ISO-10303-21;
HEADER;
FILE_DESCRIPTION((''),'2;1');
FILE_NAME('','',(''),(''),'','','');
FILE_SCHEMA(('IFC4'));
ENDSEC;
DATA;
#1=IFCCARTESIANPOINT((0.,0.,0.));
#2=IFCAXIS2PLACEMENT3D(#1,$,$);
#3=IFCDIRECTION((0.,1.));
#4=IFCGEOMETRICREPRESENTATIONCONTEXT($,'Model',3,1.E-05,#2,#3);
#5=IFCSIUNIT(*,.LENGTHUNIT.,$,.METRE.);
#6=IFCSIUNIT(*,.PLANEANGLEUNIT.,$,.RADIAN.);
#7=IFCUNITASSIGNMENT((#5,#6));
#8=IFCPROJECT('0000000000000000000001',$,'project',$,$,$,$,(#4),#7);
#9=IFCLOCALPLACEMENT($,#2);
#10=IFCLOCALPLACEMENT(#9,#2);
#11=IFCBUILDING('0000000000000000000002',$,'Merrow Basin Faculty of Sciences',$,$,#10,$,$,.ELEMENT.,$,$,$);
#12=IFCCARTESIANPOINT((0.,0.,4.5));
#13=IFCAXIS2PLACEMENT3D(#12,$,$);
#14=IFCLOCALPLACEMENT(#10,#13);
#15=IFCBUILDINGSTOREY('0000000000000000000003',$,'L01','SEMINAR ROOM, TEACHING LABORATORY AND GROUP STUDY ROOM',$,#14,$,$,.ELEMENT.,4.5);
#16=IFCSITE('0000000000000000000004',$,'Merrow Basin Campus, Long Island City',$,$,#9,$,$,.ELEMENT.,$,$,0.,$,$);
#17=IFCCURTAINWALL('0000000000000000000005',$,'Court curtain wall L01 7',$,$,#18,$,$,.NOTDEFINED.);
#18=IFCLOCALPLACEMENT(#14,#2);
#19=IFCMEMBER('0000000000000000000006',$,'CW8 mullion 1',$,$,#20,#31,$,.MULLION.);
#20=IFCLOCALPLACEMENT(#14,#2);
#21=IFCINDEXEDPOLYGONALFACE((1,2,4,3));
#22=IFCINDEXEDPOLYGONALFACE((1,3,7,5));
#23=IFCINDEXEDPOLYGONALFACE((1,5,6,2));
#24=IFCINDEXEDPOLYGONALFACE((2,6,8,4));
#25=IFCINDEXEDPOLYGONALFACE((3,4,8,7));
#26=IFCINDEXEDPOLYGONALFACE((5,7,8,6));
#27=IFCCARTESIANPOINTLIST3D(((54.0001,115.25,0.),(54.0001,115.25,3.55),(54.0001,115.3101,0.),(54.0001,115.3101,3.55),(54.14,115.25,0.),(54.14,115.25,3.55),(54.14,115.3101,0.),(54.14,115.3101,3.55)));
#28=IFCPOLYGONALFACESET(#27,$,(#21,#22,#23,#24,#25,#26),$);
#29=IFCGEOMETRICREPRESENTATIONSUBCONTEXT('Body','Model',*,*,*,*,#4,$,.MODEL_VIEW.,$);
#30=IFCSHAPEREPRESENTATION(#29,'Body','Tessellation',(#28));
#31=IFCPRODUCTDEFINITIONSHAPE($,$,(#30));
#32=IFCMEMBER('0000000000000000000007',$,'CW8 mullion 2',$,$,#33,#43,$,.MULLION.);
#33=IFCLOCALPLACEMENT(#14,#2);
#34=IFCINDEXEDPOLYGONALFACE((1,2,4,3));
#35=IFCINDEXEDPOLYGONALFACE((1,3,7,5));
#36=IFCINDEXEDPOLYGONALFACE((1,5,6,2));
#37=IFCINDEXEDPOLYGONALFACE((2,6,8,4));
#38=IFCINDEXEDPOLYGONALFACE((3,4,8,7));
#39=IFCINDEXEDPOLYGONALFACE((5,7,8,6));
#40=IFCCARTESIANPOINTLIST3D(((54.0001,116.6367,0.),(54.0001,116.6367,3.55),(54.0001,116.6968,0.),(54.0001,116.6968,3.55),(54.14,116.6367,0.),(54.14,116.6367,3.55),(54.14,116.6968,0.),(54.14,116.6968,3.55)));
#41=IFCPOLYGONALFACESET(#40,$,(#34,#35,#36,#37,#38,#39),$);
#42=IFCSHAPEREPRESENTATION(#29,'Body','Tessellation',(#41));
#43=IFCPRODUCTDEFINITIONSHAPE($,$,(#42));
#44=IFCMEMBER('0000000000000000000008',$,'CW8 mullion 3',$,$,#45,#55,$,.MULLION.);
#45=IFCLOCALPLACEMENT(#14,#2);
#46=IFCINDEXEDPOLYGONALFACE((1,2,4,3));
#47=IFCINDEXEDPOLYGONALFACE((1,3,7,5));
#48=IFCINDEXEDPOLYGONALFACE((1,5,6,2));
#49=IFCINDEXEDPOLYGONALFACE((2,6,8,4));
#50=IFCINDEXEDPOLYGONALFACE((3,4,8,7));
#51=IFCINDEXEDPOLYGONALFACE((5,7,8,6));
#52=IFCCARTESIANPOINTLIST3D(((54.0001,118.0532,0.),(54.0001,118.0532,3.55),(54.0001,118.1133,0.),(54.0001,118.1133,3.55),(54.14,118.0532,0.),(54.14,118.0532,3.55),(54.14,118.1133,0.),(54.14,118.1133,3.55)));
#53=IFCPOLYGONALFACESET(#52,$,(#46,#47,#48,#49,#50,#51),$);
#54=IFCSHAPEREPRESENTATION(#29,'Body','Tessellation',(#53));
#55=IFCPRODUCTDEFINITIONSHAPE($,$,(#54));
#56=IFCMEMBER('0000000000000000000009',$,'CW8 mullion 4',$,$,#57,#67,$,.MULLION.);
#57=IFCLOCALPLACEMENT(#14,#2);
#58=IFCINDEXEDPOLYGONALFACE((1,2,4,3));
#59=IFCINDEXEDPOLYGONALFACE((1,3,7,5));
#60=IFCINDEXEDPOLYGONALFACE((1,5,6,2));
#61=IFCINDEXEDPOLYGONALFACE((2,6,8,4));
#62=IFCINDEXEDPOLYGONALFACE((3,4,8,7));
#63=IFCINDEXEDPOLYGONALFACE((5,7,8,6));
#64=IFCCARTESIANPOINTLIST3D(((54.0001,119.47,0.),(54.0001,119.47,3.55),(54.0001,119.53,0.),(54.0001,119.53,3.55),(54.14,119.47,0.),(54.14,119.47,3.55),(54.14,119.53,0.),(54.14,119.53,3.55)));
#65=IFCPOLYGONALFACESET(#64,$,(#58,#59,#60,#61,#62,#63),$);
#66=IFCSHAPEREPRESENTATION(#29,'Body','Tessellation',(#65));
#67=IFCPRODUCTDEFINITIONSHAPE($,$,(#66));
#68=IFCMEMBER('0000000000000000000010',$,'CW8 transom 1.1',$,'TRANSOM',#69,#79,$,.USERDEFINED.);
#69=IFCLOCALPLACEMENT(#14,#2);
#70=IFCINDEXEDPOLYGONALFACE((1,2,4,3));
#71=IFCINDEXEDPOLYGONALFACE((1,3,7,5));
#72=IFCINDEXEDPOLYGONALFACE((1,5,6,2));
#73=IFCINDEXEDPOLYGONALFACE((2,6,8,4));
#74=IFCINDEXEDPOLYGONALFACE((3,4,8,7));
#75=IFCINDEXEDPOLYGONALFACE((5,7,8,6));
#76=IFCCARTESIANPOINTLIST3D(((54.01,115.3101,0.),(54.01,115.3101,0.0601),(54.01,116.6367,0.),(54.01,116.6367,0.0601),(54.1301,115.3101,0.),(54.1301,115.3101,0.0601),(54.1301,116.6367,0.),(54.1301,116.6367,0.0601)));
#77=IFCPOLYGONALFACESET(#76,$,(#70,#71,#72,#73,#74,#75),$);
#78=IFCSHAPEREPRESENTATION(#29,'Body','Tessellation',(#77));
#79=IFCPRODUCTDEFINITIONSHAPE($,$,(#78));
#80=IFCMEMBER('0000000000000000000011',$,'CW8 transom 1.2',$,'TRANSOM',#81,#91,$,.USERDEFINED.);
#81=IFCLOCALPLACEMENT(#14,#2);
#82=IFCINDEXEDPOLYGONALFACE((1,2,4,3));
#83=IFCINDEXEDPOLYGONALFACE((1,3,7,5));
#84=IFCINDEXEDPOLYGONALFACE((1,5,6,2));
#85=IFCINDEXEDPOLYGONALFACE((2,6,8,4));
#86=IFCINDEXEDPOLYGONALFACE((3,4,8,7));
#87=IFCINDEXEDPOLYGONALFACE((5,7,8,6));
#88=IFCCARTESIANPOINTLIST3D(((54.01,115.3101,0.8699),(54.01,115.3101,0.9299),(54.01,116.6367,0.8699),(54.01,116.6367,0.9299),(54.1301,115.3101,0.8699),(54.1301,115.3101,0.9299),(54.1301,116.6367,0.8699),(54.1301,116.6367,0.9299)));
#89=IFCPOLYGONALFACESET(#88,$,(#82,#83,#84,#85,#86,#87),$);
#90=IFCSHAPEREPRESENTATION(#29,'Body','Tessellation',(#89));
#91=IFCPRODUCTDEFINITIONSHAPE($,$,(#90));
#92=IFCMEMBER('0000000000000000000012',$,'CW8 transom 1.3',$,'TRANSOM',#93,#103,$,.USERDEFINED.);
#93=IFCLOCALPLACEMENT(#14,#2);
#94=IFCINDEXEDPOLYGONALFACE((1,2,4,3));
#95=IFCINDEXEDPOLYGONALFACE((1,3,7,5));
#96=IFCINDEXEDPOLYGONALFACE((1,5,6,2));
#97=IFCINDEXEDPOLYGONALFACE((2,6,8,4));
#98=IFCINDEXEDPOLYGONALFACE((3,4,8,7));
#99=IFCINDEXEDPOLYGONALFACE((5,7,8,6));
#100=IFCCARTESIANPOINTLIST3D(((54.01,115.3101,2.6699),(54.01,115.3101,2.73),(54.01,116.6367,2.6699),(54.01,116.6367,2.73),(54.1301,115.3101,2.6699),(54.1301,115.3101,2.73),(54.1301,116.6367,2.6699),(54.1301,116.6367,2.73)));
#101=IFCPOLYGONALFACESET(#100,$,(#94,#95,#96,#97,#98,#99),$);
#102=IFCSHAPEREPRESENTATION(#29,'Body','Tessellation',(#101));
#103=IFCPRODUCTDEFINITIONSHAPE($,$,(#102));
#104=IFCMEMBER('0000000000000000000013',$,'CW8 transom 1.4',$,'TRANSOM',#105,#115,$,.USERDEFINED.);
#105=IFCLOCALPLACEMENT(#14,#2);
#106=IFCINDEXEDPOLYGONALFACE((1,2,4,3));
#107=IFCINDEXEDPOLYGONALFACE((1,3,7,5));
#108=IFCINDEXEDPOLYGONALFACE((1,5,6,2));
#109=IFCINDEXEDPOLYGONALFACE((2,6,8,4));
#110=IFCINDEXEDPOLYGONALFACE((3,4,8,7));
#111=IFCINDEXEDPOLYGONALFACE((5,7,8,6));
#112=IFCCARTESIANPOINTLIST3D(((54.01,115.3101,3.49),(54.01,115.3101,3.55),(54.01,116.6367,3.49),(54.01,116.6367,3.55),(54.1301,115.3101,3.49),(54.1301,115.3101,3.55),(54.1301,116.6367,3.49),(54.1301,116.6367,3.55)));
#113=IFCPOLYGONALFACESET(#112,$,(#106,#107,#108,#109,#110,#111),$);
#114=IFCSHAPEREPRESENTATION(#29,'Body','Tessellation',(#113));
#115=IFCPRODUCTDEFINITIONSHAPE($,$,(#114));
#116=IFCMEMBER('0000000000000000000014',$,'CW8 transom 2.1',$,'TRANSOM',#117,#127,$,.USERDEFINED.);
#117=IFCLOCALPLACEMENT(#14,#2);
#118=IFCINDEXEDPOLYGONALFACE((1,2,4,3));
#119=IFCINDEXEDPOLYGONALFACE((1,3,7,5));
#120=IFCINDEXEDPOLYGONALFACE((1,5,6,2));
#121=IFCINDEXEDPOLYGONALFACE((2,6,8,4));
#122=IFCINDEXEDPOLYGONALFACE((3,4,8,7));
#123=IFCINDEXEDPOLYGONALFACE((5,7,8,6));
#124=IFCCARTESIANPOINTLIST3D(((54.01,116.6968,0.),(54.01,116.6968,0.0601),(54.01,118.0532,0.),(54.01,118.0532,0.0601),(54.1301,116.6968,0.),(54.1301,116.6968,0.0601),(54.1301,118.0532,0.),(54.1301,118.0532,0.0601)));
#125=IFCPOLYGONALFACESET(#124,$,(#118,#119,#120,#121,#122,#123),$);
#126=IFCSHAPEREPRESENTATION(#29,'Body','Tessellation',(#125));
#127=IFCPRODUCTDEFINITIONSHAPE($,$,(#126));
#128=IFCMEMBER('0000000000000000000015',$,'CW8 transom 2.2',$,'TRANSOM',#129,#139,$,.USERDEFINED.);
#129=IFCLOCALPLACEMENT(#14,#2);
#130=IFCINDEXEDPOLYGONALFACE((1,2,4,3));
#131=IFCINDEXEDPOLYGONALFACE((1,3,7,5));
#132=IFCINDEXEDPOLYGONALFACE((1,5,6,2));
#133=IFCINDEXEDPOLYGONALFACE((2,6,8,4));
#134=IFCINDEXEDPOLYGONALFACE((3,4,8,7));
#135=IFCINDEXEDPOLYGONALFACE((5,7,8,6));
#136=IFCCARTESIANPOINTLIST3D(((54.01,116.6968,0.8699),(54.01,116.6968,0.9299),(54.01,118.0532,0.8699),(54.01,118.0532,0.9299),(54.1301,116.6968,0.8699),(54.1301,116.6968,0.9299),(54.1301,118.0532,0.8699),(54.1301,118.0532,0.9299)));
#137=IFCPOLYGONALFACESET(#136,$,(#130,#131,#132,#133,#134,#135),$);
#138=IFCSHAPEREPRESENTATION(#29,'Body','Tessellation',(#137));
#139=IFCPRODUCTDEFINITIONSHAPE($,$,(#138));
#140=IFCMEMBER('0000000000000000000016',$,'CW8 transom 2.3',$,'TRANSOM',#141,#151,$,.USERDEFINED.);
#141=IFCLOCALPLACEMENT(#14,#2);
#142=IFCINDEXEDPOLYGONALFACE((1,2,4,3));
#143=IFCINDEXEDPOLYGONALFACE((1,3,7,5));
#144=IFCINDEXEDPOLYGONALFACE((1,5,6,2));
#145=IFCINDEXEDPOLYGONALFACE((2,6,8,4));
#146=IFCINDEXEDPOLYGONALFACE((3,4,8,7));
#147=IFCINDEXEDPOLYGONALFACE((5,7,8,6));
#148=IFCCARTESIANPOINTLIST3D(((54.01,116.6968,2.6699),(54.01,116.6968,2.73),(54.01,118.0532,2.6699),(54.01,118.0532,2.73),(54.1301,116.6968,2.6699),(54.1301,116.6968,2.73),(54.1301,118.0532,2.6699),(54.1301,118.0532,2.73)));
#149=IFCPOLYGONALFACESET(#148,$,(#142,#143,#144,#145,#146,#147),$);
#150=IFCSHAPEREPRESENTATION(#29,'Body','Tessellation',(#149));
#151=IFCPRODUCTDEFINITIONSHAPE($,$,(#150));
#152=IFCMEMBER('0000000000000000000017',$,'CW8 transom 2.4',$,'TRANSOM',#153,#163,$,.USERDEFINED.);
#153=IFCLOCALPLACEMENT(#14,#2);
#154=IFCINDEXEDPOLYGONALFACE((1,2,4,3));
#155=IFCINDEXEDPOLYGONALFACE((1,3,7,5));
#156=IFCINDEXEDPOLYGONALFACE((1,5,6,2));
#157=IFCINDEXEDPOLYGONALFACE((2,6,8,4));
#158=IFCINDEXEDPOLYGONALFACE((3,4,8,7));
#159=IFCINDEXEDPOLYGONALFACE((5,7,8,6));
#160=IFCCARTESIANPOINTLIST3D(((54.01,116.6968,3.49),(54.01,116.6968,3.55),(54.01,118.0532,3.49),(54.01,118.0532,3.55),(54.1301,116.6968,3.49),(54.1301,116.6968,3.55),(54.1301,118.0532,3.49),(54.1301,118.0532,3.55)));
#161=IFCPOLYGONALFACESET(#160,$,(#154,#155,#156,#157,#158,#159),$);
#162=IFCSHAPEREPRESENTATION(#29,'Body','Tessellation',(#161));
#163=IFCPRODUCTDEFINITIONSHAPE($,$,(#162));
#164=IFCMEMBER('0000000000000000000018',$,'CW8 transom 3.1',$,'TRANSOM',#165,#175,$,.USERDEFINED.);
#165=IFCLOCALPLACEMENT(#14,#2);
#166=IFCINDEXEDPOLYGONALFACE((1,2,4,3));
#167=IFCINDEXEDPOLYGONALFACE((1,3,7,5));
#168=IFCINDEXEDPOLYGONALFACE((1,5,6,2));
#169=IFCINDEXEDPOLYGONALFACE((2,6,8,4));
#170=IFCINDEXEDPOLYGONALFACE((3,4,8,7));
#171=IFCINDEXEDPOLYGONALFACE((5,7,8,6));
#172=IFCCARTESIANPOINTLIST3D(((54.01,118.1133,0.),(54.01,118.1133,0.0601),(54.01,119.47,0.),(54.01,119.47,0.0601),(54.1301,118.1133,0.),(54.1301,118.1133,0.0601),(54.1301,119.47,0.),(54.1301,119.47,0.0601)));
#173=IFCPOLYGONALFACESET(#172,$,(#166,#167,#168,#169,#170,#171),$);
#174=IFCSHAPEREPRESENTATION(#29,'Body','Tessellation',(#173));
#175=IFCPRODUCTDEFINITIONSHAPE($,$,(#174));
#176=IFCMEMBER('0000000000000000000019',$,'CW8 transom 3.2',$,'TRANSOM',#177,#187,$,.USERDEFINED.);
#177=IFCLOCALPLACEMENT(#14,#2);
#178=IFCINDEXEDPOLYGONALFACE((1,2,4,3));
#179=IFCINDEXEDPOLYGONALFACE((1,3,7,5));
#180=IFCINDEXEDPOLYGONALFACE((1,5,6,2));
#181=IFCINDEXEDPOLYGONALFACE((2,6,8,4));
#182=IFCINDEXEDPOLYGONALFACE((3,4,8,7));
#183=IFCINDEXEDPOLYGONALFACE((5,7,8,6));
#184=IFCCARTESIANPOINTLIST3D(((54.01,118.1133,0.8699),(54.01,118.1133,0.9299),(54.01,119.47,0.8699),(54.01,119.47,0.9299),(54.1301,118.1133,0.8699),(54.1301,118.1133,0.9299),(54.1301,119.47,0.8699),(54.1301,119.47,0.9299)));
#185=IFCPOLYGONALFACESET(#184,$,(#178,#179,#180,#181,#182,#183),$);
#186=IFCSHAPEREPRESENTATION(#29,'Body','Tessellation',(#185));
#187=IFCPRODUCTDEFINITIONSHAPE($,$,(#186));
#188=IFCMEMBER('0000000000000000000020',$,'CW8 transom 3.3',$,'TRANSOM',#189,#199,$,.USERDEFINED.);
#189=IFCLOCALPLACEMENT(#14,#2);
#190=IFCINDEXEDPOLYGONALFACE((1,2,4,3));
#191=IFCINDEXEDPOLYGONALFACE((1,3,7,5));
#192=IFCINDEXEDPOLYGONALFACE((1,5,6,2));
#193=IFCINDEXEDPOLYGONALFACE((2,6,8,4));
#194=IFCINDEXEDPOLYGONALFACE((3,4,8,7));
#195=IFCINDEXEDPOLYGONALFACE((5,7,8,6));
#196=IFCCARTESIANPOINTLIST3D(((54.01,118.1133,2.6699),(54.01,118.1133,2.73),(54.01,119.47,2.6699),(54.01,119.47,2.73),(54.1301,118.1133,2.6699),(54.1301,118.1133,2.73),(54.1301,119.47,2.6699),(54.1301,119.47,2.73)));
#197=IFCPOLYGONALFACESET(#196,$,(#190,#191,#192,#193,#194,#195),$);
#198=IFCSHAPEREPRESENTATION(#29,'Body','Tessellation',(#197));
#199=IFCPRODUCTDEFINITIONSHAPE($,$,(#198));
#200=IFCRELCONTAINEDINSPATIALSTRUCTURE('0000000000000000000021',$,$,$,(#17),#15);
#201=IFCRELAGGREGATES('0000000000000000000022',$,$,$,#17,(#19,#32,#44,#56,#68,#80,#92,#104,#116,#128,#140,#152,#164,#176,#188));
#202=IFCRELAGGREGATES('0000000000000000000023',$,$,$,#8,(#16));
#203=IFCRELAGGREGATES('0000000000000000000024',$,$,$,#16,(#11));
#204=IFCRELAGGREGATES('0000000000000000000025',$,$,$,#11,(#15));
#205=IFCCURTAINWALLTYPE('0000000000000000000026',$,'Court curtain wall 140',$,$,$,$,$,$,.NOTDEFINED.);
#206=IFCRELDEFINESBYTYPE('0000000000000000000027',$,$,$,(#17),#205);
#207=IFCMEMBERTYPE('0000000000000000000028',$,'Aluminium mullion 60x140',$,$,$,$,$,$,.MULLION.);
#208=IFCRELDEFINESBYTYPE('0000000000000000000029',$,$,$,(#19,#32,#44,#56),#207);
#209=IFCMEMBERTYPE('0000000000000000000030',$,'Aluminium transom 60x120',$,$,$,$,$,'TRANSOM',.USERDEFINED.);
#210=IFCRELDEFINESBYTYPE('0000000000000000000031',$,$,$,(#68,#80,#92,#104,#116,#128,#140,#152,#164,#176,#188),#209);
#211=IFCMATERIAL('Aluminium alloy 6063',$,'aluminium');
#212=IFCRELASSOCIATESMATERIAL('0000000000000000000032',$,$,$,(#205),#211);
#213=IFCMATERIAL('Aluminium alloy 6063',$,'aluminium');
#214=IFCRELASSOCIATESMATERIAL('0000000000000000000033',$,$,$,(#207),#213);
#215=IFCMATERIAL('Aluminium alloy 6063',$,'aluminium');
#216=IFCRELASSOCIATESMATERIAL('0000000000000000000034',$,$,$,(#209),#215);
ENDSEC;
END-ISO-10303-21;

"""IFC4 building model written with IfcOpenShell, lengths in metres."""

from ifc_helpers import new_model, si_unit, direction, frame, origin, origin_2d, place, context, subcontext, project, spatial, rectangle, extrude, material, material_profile, profile_set, type_object, element, aggregate, save


model = new_model("IFC4")

# Units and contexts
model_context = context("Model", 3, precision=1e-05, world=origin(), true_north=direction((0.0, 1.0)))
body_context = subcontext(model_context, "Body", "Model", "MODEL_VIEW")
ifc_project = project(units=[si_unit("LENGTHUNIT", "METRE"), si_unit("PLANEANGLEUNIT", "RADIAN")], contexts=[model_context])

# Site, building, storey
site_placement = place(None, origin())
site = spatial("IfcSite", under=ifc_project, at=site_placement, Name="Merrow Basin Campus, Long Island City", CompositionType="ELEMENT", RefElevation=0.0)
building_placement = place(site_placement, origin())
building = spatial("IfcBuilding", under=site, at=building_placement, Name="Merrow Basin Faculty of Sciences", CompositionType="ELEMENT")
storey_placement = place(building_placement, frame((0.0, 0.0, 4.5)))
storey = spatial("IfcBuildingStorey", under=building, at=storey_placement, Name="L01", Description="SEMINAR ROOM, TEACHING LABORATORY AND GROUP STUDY ROOM", CompositionType="ELEMENT", Elevation=4.5)

# Curtain wall, members
ifc_material_1 = material(Name="Aluminium alloy 6063", Category="aluminium")
curtain_wall_type = type_object("IfcCurtainWallType", Name="Court curtain wall 140", PredefinedType="NOTDEFINED", material=ifc_material_1)
curtain_wall_placement = place(storey_placement, origin())
curtain_wall = element("IfcCurtainWall", 1, at=curtain_wall_placement, inside=storey, type_object=curtain_wall_type, Name="Court curtain wall L01 7", PredefinedType="NOTDEFINED")
ifc_material_2 = material(Name="Aluminium alloy 6063", Category="aluminium")
ifc_material_profile_1 = material_profile(ifc_material_2, rectangle(XDim=0.1399, YDim=0.0601, at=origin_2d()))
ifc_profile_set_1 = profile_set([ifc_material_profile_1], Name="Aluminium alloy 6063")
member_type_1 = type_object("IfcMemberType", Name="Aluminium mullion 60x140", PredefinedType="MULLION", material=ifc_profile_set_1)
member_1_placement = place(storey_placement, frame((54.0701, 115.28, 0.0), z_axis=(0.0, 0.0, 1.0), x_axis=(-1.0, 0.0, 0.0)))
member_1 = element("IfcMember", 2, at=member_1_placement, type_object=member_type_1, Name="CW8 mullion 1", PredefinedType="MULLION", context=body_context, shape_type="SweptSolid", body=[
    extrude(rectangle(XDim=0.1399, YDim=0.0601, at=origin_2d()), origin(), (0.0, 0.0, 1.0), 3.55),
])
member_2_placement = place(storey_placement, frame((54.0701, 116.6667, 0.0), z_axis=(0.0, 0.0, 1.0), x_axis=(-1.0, 0.0, 0.0)))
member_2 = element("IfcMember", 3, at=member_2_placement, type_object=member_type_1, Name="CW8 mullion 2", PredefinedType="MULLION", context=body_context, shape_type="SweptSolid", body=[
    extrude(rectangle(XDim=0.1399, YDim=0.0601, at=origin_2d()), origin(), (0.0, 0.0, 1.0), 3.55),
])
member_3_placement = place(storey_placement, frame((54.0701, 118.0833, 0.0), z_axis=(0.0, 0.0, 1.0), x_axis=(-1.0, 0.0, 0.0)))
member_3 = element("IfcMember", 4, at=member_3_placement, type_object=member_type_1, Name="CW8 mullion 3", PredefinedType="MULLION", context=body_context, shape_type="SweptSolid", body=[
    extrude(rectangle(XDim=0.1399, YDim=0.0601, at=origin_2d()), origin(), (0.0, 0.0, 1.0), 3.55),
])
member_4_placement = place(storey_placement, frame((54.0701, 119.5, 0.0), z_axis=(0.0, 0.0, 1.0), x_axis=(-1.0, 0.0, 0.0)))
member_4 = element("IfcMember", 5, at=member_4_placement, type_object=member_type_1, Name="CW8 mullion 4", PredefinedType="MULLION", context=body_context, shape_type="SweptSolid", body=[
    extrude(rectangle(XDim=0.1399, YDim=0.0601, at=origin_2d()), origin(), (0.0, 0.0, 1.0), 3.55),
])
ifc_material_3 = material(Name="Aluminium alloy 6063", Category="aluminium")
ifc_material_profile_2 = material_profile(ifc_material_3, rectangle(XDim=0.1201, YDim=0.0601, at=origin_2d()))
ifc_profile_set_2 = profile_set([ifc_material_profile_2], Name="Aluminium alloy 6063")
member_type_2 = type_object("IfcMemberType", Name="Aluminium transom 60x120", ElementType="TRANSOM", PredefinedType="USERDEFINED", material=ifc_profile_set_2)
member_5_placement = place(storey_placement, frame((54.0701, 115.3101, 0.03), z_axis=(0.0, 1.0, 0.0), x_axis=(-1.0, 0.0, 0.0)))
member_5 = element("IfcMember", 6, at=member_5_placement, type_object=member_type_2, Name="CW8 transom 1.1", ObjectType="TRANSOM", PredefinedType="USERDEFINED", context=body_context, shape_type="SweptSolid", body=[
    extrude(rectangle(XDim=0.1201, YDim=0.0601, at=origin_2d()), origin(), (0.0, 0.0, 1.0), 1.3267),
])
member_6_placement = place(storey_placement, frame((54.0701, 115.3101, 0.8999), z_axis=(0.0, 1.0, 0.0), x_axis=(-1.0, 0.0, 0.0)))
member_6 = element("IfcMember", 7, at=member_6_placement, type_object=member_type_2, Name="CW8 transom 1.2", ObjectType="TRANSOM", PredefinedType="USERDEFINED", context=body_context, shape_type="SweptSolid", body=[
    extrude(rectangle(XDim=0.1201, YDim=0.0601, at=origin_2d()), origin(), (0.0, 0.0, 1.0), 1.3267),
])
member_7_placement = place(storey_placement, frame((54.0701, 115.3101, 2.7), z_axis=(0.0, 1.0, 0.0), x_axis=(-1.0, 0.0, 0.0)))
member_7 = element("IfcMember", 8, at=member_7_placement, type_object=member_type_2, Name="CW8 transom 1.3", ObjectType="TRANSOM", PredefinedType="USERDEFINED", context=body_context, shape_type="SweptSolid", body=[
    extrude(rectangle(XDim=0.1201, YDim=0.0601, at=origin_2d()), origin(), (0.0, 0.0, 1.0), 1.3267),
])
member_8_placement = place(storey_placement, frame((54.0701, 115.3101, 3.52), z_axis=(0.0, 1.0, 0.0), x_axis=(-1.0, 0.0, 0.0)))
member_8 = element("IfcMember", 9, at=member_8_placement, type_object=member_type_2, Name="CW8 transom 1.4", ObjectType="TRANSOM", PredefinedType="USERDEFINED", context=body_context, shape_type="SweptSolid", body=[
    extrude(rectangle(XDim=0.1201, YDim=0.0601, at=origin_2d()), origin(), (0.0, 0.0, 1.0), 1.3267),
])
member_9_placement = place(storey_placement, frame((54.0701, 116.6968, 0.03), z_axis=(0.0, 1.0, 0.0), x_axis=(-1.0, 0.0, 0.0)))
member_9 = element("IfcMember", 10, at=member_9_placement, type_object=member_type_2, Name="CW8 transom 2.1", ObjectType="TRANSOM", PredefinedType="USERDEFINED", context=body_context, shape_type="SweptSolid", body=[
    extrude(rectangle(XDim=0.1201, YDim=0.0601, at=origin_2d()), origin(), (0.0, 0.0, 1.0), 1.3564),
])
member_10_placement = place(storey_placement, frame((54.0701, 116.6968, 0.8999), z_axis=(0.0, 1.0, 0.0), x_axis=(-1.0, 0.0, 0.0)))
member_10 = element("IfcMember", 11, at=member_10_placement, type_object=member_type_2, Name="CW8 transom 2.2", ObjectType="TRANSOM", PredefinedType="USERDEFINED", context=body_context, shape_type="SweptSolid", body=[
    extrude(rectangle(XDim=0.1201, YDim=0.0601, at=origin_2d()), origin(), (0.0, 0.0, 1.0), 1.3564),
])
member_11_placement = place(storey_placement, frame((54.0701, 116.6968, 2.7), z_axis=(0.0, 1.0, 0.0), x_axis=(-1.0, 0.0, 0.0)))
member_11 = element("IfcMember", 12, at=member_11_placement, type_object=member_type_2, Name="CW8 transom 2.3", ObjectType="TRANSOM", PredefinedType="USERDEFINED", context=body_context, shape_type="SweptSolid", body=[
    extrude(rectangle(XDim=0.1201, YDim=0.0601, at=origin_2d()), origin(), (0.0, 0.0, 1.0), 1.3564),
])
member_12_placement = place(storey_placement, frame((54.0701, 116.6968, 3.52), z_axis=(0.0, 1.0, 0.0), x_axis=(-1.0, 0.0, 0.0)))
member_12 = element("IfcMember", 13, at=member_12_placement, type_object=member_type_2, Name="CW8 transom 2.4", ObjectType="TRANSOM", PredefinedType="USERDEFINED", context=body_context, shape_type="SweptSolid", body=[
    extrude(rectangle(XDim=0.1201, YDim=0.0601, at=origin_2d()), origin(), (0.0, 0.0, 1.0), 1.3564),
])
member_13_placement = place(storey_placement, frame((54.0701, 118.1133, 0.03), z_axis=(0.0, 1.0, 0.0), x_axis=(-1.0, 0.0, 0.0)))
member_13 = element("IfcMember", 14, at=member_13_placement, type_object=member_type_2, Name="CW8 transom 3.1", ObjectType="TRANSOM", PredefinedType="USERDEFINED", context=body_context, shape_type="SweptSolid", body=[
    extrude(rectangle(XDim=0.1201, YDim=0.0601, at=origin_2d()), origin(), (0.0, 0.0, 1.0), 1.3567),
])
member_14_placement = place(storey_placement, frame((54.0701, 118.1133, 0.8999), z_axis=(0.0, 1.0, 0.0), x_axis=(-1.0, 0.0, 0.0)))
member_14 = element("IfcMember", 15, at=member_14_placement, type_object=member_type_2, Name="CW8 transom 3.2", ObjectType="TRANSOM", PredefinedType="USERDEFINED", context=body_context, shape_type="SweptSolid", body=[
    extrude(rectangle(XDim=0.1201, YDim=0.0601, at=origin_2d()), origin(), (0.0, 0.0, 1.0), 1.3567),
])
member_15_placement = place(storey_placement, frame((54.0701, 118.1133, 2.7), z_axis=(0.0, 1.0, 0.0), x_axis=(-1.0, 0.0, 0.0)))
member_15 = element("IfcMember", 16, at=member_15_placement, type_object=member_type_2, Name="CW8 transom 3.3", ObjectType="TRANSOM", PredefinedType="USERDEFINED", context=body_context, shape_type="SweptSolid", body=[
    extrude(rectangle(XDim=0.1201, YDim=0.0601, at=origin_2d()), origin(), (0.0, 0.0, 1.0), 1.3567),
])
aggregate(curtain_wall, [member_1, member_2, member_3, member_4, member_5, member_6, member_7, member_8, member_9, member_10, member_11, member_12, member_13, member_14, member_15])

save(model, "model.ifc")
